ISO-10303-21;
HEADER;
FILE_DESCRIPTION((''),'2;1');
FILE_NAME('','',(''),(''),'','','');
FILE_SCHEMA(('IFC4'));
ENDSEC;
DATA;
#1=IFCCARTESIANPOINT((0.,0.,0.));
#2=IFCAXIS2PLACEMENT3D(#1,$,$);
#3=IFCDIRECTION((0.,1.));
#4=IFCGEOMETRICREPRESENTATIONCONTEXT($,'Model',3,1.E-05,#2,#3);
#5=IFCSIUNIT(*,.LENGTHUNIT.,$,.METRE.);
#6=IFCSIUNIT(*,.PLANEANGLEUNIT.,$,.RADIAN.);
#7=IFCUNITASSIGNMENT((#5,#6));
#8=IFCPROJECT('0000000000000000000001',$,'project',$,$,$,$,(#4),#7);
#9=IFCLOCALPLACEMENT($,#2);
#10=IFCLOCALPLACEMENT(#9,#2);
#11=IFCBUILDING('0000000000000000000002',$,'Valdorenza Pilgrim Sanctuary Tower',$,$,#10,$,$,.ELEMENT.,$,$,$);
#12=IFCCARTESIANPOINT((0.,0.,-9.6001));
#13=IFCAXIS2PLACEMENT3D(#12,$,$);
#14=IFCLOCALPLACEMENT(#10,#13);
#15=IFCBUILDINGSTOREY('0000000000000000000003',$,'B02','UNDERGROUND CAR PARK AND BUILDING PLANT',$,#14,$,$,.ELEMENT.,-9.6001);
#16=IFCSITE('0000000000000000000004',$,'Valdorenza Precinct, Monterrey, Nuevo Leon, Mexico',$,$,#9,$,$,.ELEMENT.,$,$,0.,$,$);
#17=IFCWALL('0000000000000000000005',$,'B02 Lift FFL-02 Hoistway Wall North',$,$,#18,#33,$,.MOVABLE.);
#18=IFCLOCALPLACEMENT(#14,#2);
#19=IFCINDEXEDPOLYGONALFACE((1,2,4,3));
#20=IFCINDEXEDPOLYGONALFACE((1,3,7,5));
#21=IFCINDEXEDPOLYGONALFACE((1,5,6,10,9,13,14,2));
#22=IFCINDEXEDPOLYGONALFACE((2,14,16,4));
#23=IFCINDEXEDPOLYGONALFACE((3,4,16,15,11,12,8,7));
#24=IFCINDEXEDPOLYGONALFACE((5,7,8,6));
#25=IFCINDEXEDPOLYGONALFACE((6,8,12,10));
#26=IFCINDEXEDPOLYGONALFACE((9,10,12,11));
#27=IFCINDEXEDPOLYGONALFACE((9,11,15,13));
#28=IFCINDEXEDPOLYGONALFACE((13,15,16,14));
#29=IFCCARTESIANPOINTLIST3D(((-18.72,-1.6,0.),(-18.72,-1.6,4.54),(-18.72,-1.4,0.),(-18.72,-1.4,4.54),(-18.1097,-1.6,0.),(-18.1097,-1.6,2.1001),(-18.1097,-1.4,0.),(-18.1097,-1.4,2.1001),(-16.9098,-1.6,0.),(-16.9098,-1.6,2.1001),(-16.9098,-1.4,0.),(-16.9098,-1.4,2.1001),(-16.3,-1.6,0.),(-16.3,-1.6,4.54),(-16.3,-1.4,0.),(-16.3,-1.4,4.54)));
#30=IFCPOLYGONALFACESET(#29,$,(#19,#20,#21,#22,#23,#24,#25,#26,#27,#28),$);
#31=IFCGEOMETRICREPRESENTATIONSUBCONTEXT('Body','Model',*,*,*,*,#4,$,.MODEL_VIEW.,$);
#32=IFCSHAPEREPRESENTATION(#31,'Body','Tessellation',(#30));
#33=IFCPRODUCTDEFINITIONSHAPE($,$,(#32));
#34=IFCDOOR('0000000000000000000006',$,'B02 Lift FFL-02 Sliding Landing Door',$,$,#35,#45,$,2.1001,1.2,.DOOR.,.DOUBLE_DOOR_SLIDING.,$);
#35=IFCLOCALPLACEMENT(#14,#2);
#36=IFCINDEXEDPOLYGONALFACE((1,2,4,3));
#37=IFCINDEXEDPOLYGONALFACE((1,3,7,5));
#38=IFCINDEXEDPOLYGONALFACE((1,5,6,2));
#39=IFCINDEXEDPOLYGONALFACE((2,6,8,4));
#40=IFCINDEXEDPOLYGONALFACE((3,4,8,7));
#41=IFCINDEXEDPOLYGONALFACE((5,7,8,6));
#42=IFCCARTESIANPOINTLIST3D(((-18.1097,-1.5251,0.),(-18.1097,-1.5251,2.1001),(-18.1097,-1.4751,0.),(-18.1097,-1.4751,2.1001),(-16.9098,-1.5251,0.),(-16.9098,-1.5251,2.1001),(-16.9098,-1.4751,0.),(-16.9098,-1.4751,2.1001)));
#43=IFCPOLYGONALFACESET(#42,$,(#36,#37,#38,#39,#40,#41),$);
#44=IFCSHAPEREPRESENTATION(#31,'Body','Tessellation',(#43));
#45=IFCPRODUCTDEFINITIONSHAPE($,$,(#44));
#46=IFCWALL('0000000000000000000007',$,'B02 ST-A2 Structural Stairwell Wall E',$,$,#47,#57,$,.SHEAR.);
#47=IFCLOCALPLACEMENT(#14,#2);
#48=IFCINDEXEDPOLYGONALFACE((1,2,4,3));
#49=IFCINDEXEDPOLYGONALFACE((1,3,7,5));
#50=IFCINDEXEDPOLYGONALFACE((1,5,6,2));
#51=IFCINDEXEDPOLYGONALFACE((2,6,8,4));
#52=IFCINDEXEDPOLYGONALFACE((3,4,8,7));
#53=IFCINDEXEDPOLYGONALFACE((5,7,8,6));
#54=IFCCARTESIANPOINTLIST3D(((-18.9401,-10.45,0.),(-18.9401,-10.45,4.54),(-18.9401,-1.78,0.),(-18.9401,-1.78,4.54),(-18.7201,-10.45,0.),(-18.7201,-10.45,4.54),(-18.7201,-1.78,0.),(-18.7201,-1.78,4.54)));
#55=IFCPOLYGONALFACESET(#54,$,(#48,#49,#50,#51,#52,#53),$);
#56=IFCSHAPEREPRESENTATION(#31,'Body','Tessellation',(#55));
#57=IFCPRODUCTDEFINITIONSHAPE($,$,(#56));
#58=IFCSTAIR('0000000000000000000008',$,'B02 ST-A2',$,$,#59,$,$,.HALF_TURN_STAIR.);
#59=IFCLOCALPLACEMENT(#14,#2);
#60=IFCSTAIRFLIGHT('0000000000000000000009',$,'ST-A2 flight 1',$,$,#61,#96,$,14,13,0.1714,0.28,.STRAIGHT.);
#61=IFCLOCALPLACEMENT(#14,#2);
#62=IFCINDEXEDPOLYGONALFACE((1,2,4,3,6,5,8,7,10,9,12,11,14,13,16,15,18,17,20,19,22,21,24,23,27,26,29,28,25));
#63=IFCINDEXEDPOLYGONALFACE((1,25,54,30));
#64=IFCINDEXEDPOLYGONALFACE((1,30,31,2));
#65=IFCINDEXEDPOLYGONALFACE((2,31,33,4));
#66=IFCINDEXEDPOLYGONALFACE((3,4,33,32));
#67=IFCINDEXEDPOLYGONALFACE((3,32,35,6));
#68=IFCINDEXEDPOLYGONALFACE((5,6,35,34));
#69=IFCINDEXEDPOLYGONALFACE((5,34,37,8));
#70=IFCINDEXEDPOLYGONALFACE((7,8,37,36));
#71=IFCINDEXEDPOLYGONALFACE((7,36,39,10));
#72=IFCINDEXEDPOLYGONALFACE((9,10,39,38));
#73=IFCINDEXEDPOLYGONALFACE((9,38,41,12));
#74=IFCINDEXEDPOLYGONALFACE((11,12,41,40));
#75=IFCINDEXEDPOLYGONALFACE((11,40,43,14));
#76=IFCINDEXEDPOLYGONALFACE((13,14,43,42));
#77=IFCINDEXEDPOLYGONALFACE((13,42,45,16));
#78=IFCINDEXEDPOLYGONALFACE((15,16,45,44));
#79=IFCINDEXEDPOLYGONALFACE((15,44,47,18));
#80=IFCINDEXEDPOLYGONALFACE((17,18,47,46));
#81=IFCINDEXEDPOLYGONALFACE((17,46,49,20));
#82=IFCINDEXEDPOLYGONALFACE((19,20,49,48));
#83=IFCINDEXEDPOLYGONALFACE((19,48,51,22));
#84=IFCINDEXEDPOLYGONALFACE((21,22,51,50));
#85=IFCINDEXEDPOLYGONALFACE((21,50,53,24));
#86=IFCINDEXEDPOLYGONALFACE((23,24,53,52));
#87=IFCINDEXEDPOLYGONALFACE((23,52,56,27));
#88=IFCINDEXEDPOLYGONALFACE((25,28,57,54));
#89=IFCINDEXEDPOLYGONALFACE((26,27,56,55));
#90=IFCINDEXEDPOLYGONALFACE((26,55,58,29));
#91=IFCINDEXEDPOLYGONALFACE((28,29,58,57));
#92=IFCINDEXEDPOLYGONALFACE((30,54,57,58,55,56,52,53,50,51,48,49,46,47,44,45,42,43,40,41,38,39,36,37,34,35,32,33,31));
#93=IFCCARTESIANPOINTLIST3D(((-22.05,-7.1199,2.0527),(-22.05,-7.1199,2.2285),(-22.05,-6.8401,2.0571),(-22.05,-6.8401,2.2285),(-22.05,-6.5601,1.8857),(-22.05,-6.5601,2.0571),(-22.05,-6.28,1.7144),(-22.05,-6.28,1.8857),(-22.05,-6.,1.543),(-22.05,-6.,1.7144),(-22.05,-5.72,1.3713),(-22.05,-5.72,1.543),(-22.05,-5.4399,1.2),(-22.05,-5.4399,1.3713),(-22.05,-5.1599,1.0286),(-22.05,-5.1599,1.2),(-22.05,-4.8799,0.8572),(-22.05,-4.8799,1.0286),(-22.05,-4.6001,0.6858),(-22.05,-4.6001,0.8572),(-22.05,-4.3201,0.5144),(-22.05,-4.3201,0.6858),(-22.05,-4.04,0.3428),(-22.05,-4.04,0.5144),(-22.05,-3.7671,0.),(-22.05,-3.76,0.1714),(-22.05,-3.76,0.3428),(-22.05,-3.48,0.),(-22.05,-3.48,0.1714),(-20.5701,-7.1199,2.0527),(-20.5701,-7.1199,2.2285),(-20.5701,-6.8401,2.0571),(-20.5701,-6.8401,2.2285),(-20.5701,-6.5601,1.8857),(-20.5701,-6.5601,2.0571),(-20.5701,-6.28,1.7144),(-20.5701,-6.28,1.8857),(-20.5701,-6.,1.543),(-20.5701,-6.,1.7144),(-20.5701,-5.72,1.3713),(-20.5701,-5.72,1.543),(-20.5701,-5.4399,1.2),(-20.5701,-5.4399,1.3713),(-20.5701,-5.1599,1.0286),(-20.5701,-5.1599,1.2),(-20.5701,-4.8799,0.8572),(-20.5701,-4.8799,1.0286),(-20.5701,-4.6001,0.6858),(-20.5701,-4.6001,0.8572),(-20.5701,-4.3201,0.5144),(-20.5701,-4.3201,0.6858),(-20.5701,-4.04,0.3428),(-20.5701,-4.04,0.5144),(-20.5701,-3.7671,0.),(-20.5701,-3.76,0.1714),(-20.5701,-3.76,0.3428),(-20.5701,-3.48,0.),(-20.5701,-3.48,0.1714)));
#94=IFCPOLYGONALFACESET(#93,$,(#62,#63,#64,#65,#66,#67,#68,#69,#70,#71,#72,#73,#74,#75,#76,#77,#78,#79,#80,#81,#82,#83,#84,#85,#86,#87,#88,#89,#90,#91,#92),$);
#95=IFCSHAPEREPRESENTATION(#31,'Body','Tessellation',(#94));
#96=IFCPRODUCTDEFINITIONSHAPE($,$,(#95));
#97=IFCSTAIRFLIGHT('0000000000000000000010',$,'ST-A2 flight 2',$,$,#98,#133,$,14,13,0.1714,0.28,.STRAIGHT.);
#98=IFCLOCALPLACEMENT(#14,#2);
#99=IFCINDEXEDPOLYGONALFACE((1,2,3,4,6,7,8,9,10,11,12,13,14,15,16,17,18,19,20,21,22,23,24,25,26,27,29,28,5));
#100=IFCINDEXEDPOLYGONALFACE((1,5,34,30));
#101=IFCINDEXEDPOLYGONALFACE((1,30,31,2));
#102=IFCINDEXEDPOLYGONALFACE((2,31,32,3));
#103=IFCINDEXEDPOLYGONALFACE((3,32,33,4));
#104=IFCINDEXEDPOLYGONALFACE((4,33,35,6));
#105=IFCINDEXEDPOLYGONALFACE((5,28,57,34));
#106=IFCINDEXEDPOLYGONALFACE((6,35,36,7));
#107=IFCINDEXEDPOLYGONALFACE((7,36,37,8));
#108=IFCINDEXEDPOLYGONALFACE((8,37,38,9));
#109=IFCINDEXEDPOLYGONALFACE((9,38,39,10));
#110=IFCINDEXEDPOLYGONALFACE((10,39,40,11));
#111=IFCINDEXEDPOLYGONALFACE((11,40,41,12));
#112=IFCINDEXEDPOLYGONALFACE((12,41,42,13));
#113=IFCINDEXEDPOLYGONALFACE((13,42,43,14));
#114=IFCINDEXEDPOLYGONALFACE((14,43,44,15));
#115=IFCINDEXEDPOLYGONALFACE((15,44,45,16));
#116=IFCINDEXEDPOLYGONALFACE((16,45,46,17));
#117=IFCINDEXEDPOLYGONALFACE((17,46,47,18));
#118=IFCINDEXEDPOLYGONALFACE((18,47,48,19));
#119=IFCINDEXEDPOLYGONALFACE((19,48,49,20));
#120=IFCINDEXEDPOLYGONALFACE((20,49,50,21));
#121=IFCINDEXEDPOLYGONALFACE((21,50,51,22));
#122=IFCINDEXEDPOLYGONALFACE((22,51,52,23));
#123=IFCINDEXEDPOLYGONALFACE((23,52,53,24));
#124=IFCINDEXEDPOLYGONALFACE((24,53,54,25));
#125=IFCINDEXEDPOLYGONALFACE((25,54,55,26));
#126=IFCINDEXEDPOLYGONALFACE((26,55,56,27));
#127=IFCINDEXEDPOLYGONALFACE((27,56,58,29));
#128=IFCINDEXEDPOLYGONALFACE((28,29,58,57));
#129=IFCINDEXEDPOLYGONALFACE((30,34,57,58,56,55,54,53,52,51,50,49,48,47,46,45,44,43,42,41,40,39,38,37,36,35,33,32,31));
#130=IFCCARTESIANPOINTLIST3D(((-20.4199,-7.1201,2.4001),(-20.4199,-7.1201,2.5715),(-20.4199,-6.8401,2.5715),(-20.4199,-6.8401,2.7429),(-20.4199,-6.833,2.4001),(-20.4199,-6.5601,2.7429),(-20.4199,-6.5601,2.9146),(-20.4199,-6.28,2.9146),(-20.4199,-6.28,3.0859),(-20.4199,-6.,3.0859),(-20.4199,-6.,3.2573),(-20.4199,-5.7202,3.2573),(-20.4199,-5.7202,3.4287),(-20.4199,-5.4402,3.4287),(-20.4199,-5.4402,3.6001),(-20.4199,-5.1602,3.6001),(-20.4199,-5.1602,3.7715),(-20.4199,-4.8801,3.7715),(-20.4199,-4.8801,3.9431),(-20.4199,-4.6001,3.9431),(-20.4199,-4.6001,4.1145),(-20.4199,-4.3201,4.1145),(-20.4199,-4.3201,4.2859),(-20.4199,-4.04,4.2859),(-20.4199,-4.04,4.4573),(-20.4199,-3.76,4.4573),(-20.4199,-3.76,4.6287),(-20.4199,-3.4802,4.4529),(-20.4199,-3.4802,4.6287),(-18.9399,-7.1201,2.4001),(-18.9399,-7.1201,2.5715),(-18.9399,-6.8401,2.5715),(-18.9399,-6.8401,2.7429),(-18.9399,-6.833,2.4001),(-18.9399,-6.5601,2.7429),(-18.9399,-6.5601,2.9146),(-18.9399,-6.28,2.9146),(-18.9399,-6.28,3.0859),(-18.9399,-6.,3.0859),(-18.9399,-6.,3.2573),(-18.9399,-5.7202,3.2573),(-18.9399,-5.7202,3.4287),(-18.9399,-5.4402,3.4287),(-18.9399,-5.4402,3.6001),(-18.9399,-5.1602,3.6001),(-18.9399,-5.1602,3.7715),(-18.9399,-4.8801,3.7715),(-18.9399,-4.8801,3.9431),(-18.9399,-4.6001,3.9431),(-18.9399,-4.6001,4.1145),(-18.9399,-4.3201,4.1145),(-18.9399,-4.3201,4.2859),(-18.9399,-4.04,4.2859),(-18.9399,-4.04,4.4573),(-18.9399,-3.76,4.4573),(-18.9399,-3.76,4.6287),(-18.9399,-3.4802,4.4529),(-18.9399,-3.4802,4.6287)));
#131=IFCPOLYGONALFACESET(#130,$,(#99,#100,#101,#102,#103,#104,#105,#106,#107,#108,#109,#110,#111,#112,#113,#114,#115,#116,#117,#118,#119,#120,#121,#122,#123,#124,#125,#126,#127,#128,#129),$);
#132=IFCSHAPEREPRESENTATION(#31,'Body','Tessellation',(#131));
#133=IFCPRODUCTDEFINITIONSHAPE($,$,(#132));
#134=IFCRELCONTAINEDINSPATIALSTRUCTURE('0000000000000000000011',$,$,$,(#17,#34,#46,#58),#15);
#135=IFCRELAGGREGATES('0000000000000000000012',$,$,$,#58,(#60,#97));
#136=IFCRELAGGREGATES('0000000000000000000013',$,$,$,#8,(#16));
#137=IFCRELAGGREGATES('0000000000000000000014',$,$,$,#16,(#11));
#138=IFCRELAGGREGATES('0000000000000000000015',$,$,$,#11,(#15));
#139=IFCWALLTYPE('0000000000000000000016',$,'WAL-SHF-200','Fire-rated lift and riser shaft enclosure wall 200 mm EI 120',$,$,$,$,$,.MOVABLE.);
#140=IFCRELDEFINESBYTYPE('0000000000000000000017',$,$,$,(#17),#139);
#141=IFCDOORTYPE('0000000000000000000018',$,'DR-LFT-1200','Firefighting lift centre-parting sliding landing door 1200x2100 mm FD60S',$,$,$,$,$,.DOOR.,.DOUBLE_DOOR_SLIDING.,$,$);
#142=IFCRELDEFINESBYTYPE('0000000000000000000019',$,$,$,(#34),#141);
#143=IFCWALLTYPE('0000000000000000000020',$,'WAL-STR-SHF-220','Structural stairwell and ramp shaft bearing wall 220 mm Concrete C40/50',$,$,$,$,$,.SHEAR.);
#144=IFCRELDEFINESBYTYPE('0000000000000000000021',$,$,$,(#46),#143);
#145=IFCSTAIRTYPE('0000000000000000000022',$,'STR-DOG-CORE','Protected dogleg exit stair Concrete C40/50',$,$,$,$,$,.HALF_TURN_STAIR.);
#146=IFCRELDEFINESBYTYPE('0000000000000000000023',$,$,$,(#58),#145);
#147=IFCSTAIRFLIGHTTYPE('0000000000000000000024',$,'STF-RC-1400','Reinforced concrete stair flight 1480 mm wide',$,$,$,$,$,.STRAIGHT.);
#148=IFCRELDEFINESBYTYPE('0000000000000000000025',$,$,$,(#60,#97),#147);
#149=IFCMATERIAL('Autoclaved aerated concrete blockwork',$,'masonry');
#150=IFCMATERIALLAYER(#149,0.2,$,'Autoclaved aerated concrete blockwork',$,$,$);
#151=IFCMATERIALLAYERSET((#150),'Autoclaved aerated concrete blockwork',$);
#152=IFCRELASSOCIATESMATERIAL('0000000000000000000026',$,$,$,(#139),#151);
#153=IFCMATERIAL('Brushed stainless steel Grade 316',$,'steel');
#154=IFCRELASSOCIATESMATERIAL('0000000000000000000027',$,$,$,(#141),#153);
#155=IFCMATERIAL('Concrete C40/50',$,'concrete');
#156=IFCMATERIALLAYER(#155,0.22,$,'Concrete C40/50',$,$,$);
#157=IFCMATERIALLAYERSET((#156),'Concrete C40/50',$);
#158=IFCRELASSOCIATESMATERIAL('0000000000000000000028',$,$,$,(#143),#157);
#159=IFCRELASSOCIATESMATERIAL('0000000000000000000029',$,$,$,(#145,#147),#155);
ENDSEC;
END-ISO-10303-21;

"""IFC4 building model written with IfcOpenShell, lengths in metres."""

from ifc_helpers import new_model, si_unit, direction, frame, frame_2d, origin, place, context, subcontext, project, spatial, polyline, rectangle, outline, extrude, material, layer, layer_set, type_object, element, fill, aggregate, save


model = new_model("IFC4")

# Units and contexts
model_context = context("Model", 3, precision=1e-05, world=origin(), true_north=direction((0.0, 1.0)))
body_context = subcontext(model_context, "Body", "Model", "MODEL_VIEW")
ifc_project = project(units=[si_unit("LENGTHUNIT", "METRE"), si_unit("PLANEANGLEUNIT", "RADIAN")], contexts=[model_context])

# Site, building, storey
site_placement = place(None, origin())
site = spatial("IfcSite", under=ifc_project, at=site_placement, Name="Valdorenza Precinct, Monterrey, Nuevo Leon, Mexico", CompositionType="ELEMENT", RefElevation=0.0)
building_placement = place(site_placement, origin())
building = spatial("IfcBuilding", under=site, at=building_placement, Name="Valdorenza Pilgrim Sanctuary Tower", CompositionType="ELEMENT")
storey_placement = place(building_placement, frame((0.0, 0.0, -9.6001)))
storey = spatial("IfcBuildingStorey", under=building, at=storey_placement, Name="B02", Description="UNDERGROUND CAR PARK AND BUILDING PLANT", CompositionType="ELEMENT", Elevation=-9.6001)

# Shared definitions
ifc_material_1 = material(Name="Autoclaved aerated concrete blockwork", Category="masonry")
ifc_layer_1 = layer(ifc_material_1, 0.2, Name="Autoclaved aerated concrete blockwork")
ifc_layer_set_1 = layer_set([ifc_layer_1], Name="Autoclaved aerated concrete blockwork")
wall_type_1 = type_object("IfcWallType", Name="WAL-SHF-200", Description="Fire-rated lift and riser shaft enclosure wall 200 mm EI 120", PredefinedType="MOVABLE", material=ifc_layer_set_1)

# Wall, opening, door
wall_1_placement = place(storey_placement, frame((-18.72, -1.5, 0.0), z_axis=(0.0, 0.0, 1.0), x_axis=(1.0, 0.0, 0.0)))
wall_1 = element("IfcWall", 1, at=wall_1_placement, inside=storey, type_object=wall_type_1, Name="B02 Lift FFL-02 Hoistway Wall North", PredefinedType="MOVABLE", context=body_context, shape_type="SweptSolid", body=[
    extrude(rectangle(XDim=2.4199, YDim=0.2, at=frame_2d((1.21, 0.0))), origin(), (0.0, 0.0, 1.0), 4.54),
])
opening_placement = place(wall_1_placement, frame((0.6101, 0.0, 0.0)))
opening = element("IfcOpeningElement", 2, at=opening_placement, cuts=wall_1, PredefinedType="OPENING", context=body_context, shape_type="SweptSolid", body=[
    extrude(rectangle(XDim=1.2, YDim=2.1001, at=frame_2d((0.6001, 1.05))), frame((0.0, 0.1147, 0.0), z_axis=(0.0, -1.0, 0.0), x_axis=(1.0, 0.0, 0.0)), (0.0, 0.0, 1.0), 0.2297),
])
ifc_material_2 = material(Name="Brushed stainless steel Grade 316", Category="steel")
door_type = type_object("IfcDoorType", Name="DR-LFT-1200", Description="Firefighting lift centre-parting sliding landing door 1200x2100 mm FD60S", OperationType="DOUBLE_DOOR_SLIDING", PredefinedType="DOOR", material=ifc_material_2)
door_placement = place(opening_placement, origin())
door = element("IfcDoor", 3, at=door_placement, inside=storey, type_object=door_type, Name="B02 Lift FFL-02 Sliding Landing Door", OperationType="DOUBLE_DOOR_SLIDING", OverallHeight=2.1001, OverallWidth=1.2, PredefinedType="DOOR", context=body_context, shape_type="SweptSolid", body=[
    extrude(rectangle(XDim=1.2, YDim=2.1001, at=frame_2d((0.6001, 1.05))), frame((0.0, 0.0249, 0.0), z_axis=(0.0, -1.0, 0.0), x_axis=(1.0, 0.0, 0.0)), (0.0, 0.0, 1.0), 0.05),
])
fill(opening, door)

# Wall
ifc_material_3 = material(Name="Concrete C40/50", Category="concrete")
ifc_layer_2 = layer(ifc_material_3, 0.22, Name="Concrete C40/50")
ifc_layer_set_2 = layer_set([ifc_layer_2], Name="Concrete C40/50")
wall_type_2 = type_object("IfcWallType", Name="WAL-STR-SHF-220", Description="Structural stairwell and ramp shaft bearing wall 220 mm Concrete C40/50", PredefinedType="SHEAR", material=ifc_layer_set_2)
wall_2_placement = place(storey_placement, frame((-18.8301, -10.45, 0.0), z_axis=(0.0, 0.0, 1.0), x_axis=(0.0, 1.0, 0.0)))
element("IfcWall", 4, at=wall_2_placement, inside=storey, type_object=wall_type_2, Name="B02 ST-A2 Structural Stairwell Wall E", PredefinedType="SHEAR", context=body_context, shape_type="SweptSolid", body=[
    extrude(rectangle(XDim=8.6699, YDim=0.22, at=frame_2d((4.335, 0.0))), origin(), (0.0, 0.0, 1.0), 4.54),
])

# Stair, stair flights
stair_type = type_object("IfcStairType", Name="STR-DOG-CORE", Description="Protected dogleg exit stair Concrete C40/50", PredefinedType="HALF_TURN_STAIR", material=ifc_material_3)
stair_placement = place(storey_placement, origin())
stair = element("IfcStair", 5, at=stair_placement, inside=storey, type_object=stair_type, Name="B02 ST-A2", PredefinedType="HALF_TURN_STAIR")
stair_flight_type = type_object("IfcStairFlightType", Name="STF-RC-1400", Description="Reinforced concrete stair flight 1480 mm wide", PredefinedType="STRAIGHT", material=ifc_material_3)
stair_flight_1_placement = place(storey_placement, frame((-21.3101, -3.48, 0.0), z_axis=(0.0, 0.0, 1.0), x_axis=(0.0, -1.0, 0.0)))
stair_flight_1 = element("IfcStairFlight", 6, at=stair_flight_1_placement, type_object=stair_flight_type, Name="ST-A2 flight 1", NumberOfRisers=14, NumberOfTreads=13, PredefinedType="STRAIGHT", RiserHeight=0.1714, TreadLength=0.28, context=body_context, shape_type="SweptSolid", body=[
    extrude(outline(polyline([(0.0, 0.0), (0.0, 0.1714), (0.28, 0.1714), (0.28, 0.3428), (0.5601, 0.3428), (0.5601, 0.5144), (0.8401, 0.5144), (0.8401, 0.6858), (1.1201, 0.6858), (1.1201, 0.8572), (1.3999, 0.8572), (1.3999, 1.0286), (1.6799, 1.0286), (1.6799, 1.2), (1.96, 1.2), (1.96, 1.3713), (2.24, 1.3713), (2.24, 1.543), (2.52, 1.543), (2.52, 1.7144), (2.8, 1.7144), (2.8, 1.8857), (3.0801, 1.8857), (3.0801, 2.0571), (3.3601, 2.0571), (3.3601, 2.2285), (3.6399, 2.2285), (3.6399, 2.3999), (3.6399, 2.0527), (0.2871, 0.0), (0.0, 0.0)])), frame((0.0, 0.74, 0.0), z_axis=(0.0, -1.0, 0.0), x_axis=(1.0, 0.0, 0.0)), (0.0, 0.0, 1.0), 1.48),
])
stair_flight_2_placement = place(storey_placement, frame((-19.6799, -7.1201, 2.4001), z_axis=(0.0, 0.0, 1.0), x_axis=(0.0, 1.0, 0.0)))
stair_flight_2 = element("IfcStairFlight", 7, at=stair_flight_2_placement, type_object=stair_flight_type, Name="ST-A2 flight 2", NumberOfRisers=14, NumberOfTreads=13, PredefinedType="STRAIGHT", RiserHeight=0.1714, TreadLength=0.28, context=body_context, shape_type="SweptSolid", body=[
    extrude(outline(polyline([(0.0, 0.0), (0.0, 0.1714), (0.28, 0.1714), (0.28, 0.3428), (0.5601, 0.3428), (0.5601, 0.5144), (0.8401, 0.5144), (0.8401, 0.6858), (1.1201, 0.6858), (1.1201, 0.8572), (1.3999, 0.8572), (1.3999, 1.0286), (1.6799, 1.0286), (1.6799, 1.2), (1.96, 1.2), (1.96, 1.3713), (2.24, 1.3713), (2.24, 1.543), (2.52, 1.543), (2.52, 1.7144), (2.8, 1.7144), (2.8, 1.8857), (3.0801, 1.8857), (3.0801, 2.0571), (3.3601, 2.0571), (3.3601, 2.2285), (3.6399, 2.2285), (3.6399, 2.3999), (3.6399, 2.0527), (0.2871, 0.0), (0.0, 0.0)])), frame((0.0, 0.74, 0.0), z_axis=(0.0, -1.0, 0.0), x_axis=(1.0, 0.0, 0.0)), (0.0, 0.0, 1.0), 1.48),
])
aggregate(stair, [stair_flight_1, stair_flight_2])

save(model, "model.ifc")
